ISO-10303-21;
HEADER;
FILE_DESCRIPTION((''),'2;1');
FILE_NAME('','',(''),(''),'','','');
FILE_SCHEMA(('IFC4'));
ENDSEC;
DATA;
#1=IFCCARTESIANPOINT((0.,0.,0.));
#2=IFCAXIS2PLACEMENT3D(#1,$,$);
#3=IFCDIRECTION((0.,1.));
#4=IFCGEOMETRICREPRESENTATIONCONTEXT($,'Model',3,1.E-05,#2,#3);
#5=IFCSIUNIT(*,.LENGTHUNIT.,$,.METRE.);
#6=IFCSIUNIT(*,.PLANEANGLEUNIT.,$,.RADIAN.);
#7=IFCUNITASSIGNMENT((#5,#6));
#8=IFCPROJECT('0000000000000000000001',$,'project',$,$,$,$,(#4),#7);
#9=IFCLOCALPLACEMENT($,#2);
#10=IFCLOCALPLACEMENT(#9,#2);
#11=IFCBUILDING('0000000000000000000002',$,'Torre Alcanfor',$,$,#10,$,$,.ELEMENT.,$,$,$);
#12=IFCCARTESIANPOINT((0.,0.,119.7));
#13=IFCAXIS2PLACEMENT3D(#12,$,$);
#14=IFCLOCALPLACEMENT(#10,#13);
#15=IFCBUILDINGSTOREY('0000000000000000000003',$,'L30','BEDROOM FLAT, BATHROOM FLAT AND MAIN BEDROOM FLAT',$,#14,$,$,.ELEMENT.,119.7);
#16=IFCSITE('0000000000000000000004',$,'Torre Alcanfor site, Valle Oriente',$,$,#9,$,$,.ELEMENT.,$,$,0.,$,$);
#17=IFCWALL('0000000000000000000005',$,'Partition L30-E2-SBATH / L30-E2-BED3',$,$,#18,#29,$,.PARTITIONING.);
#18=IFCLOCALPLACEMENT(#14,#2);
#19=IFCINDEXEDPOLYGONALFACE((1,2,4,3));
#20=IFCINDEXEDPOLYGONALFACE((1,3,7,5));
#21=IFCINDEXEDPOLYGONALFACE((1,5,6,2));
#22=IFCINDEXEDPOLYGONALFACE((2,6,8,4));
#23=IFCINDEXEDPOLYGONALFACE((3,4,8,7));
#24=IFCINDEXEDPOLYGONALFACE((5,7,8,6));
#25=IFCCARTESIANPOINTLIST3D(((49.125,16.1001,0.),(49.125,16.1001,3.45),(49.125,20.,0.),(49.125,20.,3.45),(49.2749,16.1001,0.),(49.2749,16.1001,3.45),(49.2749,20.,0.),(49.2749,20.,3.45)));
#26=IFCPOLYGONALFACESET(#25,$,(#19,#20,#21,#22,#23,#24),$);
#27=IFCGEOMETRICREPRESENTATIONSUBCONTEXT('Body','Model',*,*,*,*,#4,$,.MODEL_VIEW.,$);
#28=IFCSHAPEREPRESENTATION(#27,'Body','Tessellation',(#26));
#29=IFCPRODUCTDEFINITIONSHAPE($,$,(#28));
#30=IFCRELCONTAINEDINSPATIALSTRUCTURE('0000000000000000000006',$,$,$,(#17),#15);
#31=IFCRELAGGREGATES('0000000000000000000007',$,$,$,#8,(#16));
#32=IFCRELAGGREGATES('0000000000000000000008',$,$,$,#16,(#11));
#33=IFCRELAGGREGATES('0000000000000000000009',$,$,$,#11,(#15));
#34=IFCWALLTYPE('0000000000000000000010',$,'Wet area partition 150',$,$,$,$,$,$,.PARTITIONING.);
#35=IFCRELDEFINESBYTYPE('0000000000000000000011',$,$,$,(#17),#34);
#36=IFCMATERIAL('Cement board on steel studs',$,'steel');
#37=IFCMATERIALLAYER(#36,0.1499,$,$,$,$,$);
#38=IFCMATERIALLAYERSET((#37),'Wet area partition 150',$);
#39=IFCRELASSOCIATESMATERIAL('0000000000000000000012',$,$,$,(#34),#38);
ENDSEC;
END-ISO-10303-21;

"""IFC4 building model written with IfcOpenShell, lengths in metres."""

from ifc_helpers import new_model, si_unit, direction, frame, frame_2d, origin, place, context, subcontext, project, spatial, rectangle, extrude, material, layer, layer_set, type_object, element, save


model = new_model("IFC4")

# Units and contexts
model_context = context("Model", 3, precision=1e-05, world=origin(), true_north=direction((0.0, 1.0)))
body_context = subcontext(model_context, "Body", "Model", "MODEL_VIEW")
ifc_project = project(units=[si_unit("LENGTHUNIT", "METRE"), si_unit("PLANEANGLEUNIT", "RADIAN")], contexts=[model_context])

# Site, building, storey
site_placement = place(None, origin())
site = spatial("IfcSite", under=ifc_project, at=site_placement, Name="Torre Alcanfor site, Valle Oriente", CompositionType="ELEMENT", RefElevation=0.0)
building_placement = place(site_placement, origin())
building = spatial("IfcBuilding", under=site, at=building_placement, Name="Torre Alcanfor", CompositionType="ELEMENT")
storey_placement = place(building_placement, frame((0.0, 0.0, 119.7)))
storey = spatial("IfcBuildingStorey", under=building, at=storey_placement, Name="L30", Description="BEDROOM FLAT, BATHROOM FLAT AND MAIN BEDROOM FLAT", CompositionType="ELEMENT", Elevation=119.7)

# Shared definitions
ifc_material_1 = material(Name="Cement board on steel studs", Category="steel")
ifc_layer_1 = layer(ifc_material_1, 0.1499)
ifc_layer_set_1 = layer_set([ifc_layer_1], Name="Wet area partition 150")
wall_type_1 = type_object("IfcWallType", Name="Wet area partition 150", PredefinedType="PARTITIONING", material=ifc_layer_set_1)

# Wall
wall_1_placement = place(storey_placement, frame((49.2, 20.0, 0.0), z_axis=(0.0, 0.0, 1.0), x_axis=(0.0, -1.0, 0.0)))
element("IfcWall", 1, at=wall_1_placement, inside=storey, type_object=wall_type_1, Name="Partition L30-E2-SBATH / L30-E2-BED3", PredefinedType="PARTITIONING", context=body_context, shape_type="SweptSolid", body=[
    extrude(rectangle(XDim=3.8999, YDim=0.1499, at=frame_2d((1.95, 0.0))), origin(), (0.0, 0.0, 1.0), 3.45),
])

save(model, "model.ifc")
